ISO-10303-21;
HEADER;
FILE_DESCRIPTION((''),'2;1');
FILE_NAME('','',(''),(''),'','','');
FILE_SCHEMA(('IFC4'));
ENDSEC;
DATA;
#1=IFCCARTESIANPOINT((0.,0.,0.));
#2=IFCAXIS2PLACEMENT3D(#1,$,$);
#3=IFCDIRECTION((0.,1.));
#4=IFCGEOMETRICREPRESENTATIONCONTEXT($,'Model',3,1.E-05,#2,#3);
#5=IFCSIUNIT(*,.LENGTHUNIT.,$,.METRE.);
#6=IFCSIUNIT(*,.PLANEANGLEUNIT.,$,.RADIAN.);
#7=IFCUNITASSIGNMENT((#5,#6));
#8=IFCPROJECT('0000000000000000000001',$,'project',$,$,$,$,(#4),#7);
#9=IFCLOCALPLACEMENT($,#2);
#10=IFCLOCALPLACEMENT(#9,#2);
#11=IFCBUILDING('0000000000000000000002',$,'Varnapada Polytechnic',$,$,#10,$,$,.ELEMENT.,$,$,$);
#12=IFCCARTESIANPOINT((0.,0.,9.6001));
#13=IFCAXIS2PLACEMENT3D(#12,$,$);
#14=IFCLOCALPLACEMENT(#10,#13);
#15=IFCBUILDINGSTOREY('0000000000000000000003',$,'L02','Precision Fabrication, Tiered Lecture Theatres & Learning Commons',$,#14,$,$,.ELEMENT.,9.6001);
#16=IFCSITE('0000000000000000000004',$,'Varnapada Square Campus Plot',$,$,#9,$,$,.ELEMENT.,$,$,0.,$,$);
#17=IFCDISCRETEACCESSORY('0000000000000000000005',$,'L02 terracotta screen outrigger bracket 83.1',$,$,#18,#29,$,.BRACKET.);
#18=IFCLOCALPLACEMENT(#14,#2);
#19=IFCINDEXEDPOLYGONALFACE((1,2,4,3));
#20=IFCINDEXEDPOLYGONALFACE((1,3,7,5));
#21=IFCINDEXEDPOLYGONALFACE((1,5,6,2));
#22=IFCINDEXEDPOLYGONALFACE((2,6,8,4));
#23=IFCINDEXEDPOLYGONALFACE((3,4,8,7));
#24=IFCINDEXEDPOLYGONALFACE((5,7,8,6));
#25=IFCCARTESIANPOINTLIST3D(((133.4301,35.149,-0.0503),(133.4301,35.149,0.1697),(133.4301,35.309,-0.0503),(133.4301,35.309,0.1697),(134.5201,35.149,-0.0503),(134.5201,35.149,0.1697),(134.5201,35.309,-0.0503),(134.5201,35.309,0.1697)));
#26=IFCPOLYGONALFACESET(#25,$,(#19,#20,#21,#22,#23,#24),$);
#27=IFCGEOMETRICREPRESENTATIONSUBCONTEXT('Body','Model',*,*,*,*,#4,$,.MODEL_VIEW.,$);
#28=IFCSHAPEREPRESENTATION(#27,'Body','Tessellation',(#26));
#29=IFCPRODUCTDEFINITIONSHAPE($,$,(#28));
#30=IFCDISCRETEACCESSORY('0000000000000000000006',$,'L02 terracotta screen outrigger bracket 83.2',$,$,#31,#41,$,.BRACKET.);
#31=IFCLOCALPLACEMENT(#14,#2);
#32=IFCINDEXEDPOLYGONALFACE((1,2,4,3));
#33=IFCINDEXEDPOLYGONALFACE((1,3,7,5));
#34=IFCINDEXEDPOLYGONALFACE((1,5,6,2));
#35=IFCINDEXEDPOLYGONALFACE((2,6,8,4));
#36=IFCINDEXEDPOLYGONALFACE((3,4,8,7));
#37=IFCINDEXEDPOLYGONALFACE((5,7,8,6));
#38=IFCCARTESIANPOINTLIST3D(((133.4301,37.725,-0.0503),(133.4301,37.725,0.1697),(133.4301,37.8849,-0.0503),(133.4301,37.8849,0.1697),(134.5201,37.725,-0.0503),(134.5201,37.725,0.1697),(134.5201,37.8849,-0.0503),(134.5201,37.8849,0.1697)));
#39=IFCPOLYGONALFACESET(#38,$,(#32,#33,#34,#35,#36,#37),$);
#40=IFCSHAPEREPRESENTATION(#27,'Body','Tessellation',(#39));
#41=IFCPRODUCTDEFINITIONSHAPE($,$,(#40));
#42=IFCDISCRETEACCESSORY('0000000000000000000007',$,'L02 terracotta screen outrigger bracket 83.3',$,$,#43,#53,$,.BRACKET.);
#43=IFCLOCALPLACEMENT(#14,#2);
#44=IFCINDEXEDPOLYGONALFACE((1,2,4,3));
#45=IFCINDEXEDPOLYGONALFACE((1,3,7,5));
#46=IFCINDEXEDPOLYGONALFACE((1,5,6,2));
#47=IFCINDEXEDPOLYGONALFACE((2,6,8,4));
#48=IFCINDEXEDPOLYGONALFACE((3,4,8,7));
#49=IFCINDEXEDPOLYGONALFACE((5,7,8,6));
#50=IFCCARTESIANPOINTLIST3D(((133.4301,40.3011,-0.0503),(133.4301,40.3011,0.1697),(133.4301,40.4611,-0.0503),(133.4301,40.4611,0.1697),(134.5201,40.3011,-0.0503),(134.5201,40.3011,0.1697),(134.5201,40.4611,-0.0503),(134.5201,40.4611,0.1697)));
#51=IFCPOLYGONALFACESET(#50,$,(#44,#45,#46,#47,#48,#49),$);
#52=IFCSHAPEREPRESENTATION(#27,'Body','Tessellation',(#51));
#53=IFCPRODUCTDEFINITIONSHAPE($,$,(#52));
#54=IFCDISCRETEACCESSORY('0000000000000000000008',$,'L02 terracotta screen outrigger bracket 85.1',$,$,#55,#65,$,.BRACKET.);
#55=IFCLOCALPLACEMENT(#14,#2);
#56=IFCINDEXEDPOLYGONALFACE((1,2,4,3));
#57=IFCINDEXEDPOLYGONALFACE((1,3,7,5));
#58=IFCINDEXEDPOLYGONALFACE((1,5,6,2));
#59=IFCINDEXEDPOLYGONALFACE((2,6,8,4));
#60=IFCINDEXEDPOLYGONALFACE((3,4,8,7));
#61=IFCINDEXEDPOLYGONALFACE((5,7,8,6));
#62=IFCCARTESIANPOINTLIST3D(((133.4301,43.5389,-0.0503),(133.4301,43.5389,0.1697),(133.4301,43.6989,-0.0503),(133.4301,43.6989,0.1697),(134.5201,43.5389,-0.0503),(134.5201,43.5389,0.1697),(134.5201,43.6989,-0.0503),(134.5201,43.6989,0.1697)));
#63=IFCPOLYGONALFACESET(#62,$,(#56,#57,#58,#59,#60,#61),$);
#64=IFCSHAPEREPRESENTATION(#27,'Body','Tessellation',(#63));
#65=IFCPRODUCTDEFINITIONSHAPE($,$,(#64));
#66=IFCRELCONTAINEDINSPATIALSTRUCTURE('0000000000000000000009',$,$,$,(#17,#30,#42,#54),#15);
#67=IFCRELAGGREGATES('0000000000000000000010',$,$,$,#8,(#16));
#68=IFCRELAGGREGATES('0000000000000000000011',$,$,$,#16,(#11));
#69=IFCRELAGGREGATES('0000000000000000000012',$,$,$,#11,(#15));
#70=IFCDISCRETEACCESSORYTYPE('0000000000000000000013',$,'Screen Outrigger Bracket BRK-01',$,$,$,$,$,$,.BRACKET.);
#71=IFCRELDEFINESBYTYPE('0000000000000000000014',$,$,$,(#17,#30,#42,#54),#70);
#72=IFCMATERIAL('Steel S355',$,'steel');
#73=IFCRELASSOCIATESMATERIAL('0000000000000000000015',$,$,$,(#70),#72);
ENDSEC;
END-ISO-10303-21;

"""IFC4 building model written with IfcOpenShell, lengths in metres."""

from ifc_helpers import new_model, si_unit, direction, frame, origin, origin_2d, place, context, subcontext, project, spatial, rectangle, extrude, material, type_object, element, save


model = new_model("IFC4")

# Units and contexts
model_context = context("Model", 3, precision=1e-05, world=origin(), true_north=direction((0.0, 1.0)))
body_context = subcontext(model_context, "Body", "Model", "MODEL_VIEW")
ifc_project = project(units=[si_unit("LENGTHUNIT", "METRE"), si_unit("PLANEANGLEUNIT", "RADIAN")], contexts=[model_context])

# Site, building, storey
site_placement = place(None, origin())
site = spatial("IfcSite", under=ifc_project, at=site_placement, Name="Varnapada Square Campus Plot", CompositionType="ELEMENT", RefElevation=0.0)
building_placement = place(site_placement, origin())
building = spatial("IfcBuilding", under=site, at=building_placement, Name="Varnapada Polytechnic", CompositionType="ELEMENT")
storey_placement = place(building_placement, frame((0.0, 0.0, 9.6001)))
storey = spatial("IfcBuildingStorey", under=building, at=storey_placement, Name="L02", Description="Precision Fabrication, Tiered Lecture Theatres & Learning Commons", CompositionType="ELEMENT", Elevation=9.6001)

# Discrete accessories
ifc_material_1 = material(Name="Steel S355", Category="steel")
discrete_accessory_type = type_object("IfcDiscreteAccessoryType", Name="Screen Outrigger Bracket BRK-01", PredefinedType="BRACKET", material=ifc_material_1)
for number, where, z_axis, x_axis, name in (
    (1, (133.9751, 35.229, -0.0503), (0.0, 0.0, 1.0), (0.0, 1.0, 0.0), "L02 terracotta screen outrigger bracket 83.1"),
    (2, (133.9751, 37.8049, -0.0503), (0.0, 0.0, 1.0), (0.0, 1.0, 0.0), "L02 terracotta screen outrigger bracket 83.2"),
    (3, (133.9751, 40.3811, -0.0503), (0.0, 0.0, 1.0), (0.0, 1.0, 0.0), "L02 terracotta screen outrigger bracket 83.3"),
    (4, (133.9751, 43.6189, -0.0503), (0.0, 0.0, 1.0), (0.0, 1.0, 0.0), "L02 terracotta screen outrigger bracket 85.1"),
):
    element("IfcDiscreteAccessory", number, at=place(storey_placement, frame(where, z_axis=z_axis, x_axis=x_axis)), inside=storey, type_object=discrete_accessory_type, Name=name, PredefinedType="BRACKET", context=body_context, shape_type="SweptSolid", body=[
        extrude(rectangle(XDim=0.1599, YDim=1.0901, at=origin_2d()), origin(), (0.0, 0.0, 1.0), 0.22),
    ])

save(model, "model.ifc")
